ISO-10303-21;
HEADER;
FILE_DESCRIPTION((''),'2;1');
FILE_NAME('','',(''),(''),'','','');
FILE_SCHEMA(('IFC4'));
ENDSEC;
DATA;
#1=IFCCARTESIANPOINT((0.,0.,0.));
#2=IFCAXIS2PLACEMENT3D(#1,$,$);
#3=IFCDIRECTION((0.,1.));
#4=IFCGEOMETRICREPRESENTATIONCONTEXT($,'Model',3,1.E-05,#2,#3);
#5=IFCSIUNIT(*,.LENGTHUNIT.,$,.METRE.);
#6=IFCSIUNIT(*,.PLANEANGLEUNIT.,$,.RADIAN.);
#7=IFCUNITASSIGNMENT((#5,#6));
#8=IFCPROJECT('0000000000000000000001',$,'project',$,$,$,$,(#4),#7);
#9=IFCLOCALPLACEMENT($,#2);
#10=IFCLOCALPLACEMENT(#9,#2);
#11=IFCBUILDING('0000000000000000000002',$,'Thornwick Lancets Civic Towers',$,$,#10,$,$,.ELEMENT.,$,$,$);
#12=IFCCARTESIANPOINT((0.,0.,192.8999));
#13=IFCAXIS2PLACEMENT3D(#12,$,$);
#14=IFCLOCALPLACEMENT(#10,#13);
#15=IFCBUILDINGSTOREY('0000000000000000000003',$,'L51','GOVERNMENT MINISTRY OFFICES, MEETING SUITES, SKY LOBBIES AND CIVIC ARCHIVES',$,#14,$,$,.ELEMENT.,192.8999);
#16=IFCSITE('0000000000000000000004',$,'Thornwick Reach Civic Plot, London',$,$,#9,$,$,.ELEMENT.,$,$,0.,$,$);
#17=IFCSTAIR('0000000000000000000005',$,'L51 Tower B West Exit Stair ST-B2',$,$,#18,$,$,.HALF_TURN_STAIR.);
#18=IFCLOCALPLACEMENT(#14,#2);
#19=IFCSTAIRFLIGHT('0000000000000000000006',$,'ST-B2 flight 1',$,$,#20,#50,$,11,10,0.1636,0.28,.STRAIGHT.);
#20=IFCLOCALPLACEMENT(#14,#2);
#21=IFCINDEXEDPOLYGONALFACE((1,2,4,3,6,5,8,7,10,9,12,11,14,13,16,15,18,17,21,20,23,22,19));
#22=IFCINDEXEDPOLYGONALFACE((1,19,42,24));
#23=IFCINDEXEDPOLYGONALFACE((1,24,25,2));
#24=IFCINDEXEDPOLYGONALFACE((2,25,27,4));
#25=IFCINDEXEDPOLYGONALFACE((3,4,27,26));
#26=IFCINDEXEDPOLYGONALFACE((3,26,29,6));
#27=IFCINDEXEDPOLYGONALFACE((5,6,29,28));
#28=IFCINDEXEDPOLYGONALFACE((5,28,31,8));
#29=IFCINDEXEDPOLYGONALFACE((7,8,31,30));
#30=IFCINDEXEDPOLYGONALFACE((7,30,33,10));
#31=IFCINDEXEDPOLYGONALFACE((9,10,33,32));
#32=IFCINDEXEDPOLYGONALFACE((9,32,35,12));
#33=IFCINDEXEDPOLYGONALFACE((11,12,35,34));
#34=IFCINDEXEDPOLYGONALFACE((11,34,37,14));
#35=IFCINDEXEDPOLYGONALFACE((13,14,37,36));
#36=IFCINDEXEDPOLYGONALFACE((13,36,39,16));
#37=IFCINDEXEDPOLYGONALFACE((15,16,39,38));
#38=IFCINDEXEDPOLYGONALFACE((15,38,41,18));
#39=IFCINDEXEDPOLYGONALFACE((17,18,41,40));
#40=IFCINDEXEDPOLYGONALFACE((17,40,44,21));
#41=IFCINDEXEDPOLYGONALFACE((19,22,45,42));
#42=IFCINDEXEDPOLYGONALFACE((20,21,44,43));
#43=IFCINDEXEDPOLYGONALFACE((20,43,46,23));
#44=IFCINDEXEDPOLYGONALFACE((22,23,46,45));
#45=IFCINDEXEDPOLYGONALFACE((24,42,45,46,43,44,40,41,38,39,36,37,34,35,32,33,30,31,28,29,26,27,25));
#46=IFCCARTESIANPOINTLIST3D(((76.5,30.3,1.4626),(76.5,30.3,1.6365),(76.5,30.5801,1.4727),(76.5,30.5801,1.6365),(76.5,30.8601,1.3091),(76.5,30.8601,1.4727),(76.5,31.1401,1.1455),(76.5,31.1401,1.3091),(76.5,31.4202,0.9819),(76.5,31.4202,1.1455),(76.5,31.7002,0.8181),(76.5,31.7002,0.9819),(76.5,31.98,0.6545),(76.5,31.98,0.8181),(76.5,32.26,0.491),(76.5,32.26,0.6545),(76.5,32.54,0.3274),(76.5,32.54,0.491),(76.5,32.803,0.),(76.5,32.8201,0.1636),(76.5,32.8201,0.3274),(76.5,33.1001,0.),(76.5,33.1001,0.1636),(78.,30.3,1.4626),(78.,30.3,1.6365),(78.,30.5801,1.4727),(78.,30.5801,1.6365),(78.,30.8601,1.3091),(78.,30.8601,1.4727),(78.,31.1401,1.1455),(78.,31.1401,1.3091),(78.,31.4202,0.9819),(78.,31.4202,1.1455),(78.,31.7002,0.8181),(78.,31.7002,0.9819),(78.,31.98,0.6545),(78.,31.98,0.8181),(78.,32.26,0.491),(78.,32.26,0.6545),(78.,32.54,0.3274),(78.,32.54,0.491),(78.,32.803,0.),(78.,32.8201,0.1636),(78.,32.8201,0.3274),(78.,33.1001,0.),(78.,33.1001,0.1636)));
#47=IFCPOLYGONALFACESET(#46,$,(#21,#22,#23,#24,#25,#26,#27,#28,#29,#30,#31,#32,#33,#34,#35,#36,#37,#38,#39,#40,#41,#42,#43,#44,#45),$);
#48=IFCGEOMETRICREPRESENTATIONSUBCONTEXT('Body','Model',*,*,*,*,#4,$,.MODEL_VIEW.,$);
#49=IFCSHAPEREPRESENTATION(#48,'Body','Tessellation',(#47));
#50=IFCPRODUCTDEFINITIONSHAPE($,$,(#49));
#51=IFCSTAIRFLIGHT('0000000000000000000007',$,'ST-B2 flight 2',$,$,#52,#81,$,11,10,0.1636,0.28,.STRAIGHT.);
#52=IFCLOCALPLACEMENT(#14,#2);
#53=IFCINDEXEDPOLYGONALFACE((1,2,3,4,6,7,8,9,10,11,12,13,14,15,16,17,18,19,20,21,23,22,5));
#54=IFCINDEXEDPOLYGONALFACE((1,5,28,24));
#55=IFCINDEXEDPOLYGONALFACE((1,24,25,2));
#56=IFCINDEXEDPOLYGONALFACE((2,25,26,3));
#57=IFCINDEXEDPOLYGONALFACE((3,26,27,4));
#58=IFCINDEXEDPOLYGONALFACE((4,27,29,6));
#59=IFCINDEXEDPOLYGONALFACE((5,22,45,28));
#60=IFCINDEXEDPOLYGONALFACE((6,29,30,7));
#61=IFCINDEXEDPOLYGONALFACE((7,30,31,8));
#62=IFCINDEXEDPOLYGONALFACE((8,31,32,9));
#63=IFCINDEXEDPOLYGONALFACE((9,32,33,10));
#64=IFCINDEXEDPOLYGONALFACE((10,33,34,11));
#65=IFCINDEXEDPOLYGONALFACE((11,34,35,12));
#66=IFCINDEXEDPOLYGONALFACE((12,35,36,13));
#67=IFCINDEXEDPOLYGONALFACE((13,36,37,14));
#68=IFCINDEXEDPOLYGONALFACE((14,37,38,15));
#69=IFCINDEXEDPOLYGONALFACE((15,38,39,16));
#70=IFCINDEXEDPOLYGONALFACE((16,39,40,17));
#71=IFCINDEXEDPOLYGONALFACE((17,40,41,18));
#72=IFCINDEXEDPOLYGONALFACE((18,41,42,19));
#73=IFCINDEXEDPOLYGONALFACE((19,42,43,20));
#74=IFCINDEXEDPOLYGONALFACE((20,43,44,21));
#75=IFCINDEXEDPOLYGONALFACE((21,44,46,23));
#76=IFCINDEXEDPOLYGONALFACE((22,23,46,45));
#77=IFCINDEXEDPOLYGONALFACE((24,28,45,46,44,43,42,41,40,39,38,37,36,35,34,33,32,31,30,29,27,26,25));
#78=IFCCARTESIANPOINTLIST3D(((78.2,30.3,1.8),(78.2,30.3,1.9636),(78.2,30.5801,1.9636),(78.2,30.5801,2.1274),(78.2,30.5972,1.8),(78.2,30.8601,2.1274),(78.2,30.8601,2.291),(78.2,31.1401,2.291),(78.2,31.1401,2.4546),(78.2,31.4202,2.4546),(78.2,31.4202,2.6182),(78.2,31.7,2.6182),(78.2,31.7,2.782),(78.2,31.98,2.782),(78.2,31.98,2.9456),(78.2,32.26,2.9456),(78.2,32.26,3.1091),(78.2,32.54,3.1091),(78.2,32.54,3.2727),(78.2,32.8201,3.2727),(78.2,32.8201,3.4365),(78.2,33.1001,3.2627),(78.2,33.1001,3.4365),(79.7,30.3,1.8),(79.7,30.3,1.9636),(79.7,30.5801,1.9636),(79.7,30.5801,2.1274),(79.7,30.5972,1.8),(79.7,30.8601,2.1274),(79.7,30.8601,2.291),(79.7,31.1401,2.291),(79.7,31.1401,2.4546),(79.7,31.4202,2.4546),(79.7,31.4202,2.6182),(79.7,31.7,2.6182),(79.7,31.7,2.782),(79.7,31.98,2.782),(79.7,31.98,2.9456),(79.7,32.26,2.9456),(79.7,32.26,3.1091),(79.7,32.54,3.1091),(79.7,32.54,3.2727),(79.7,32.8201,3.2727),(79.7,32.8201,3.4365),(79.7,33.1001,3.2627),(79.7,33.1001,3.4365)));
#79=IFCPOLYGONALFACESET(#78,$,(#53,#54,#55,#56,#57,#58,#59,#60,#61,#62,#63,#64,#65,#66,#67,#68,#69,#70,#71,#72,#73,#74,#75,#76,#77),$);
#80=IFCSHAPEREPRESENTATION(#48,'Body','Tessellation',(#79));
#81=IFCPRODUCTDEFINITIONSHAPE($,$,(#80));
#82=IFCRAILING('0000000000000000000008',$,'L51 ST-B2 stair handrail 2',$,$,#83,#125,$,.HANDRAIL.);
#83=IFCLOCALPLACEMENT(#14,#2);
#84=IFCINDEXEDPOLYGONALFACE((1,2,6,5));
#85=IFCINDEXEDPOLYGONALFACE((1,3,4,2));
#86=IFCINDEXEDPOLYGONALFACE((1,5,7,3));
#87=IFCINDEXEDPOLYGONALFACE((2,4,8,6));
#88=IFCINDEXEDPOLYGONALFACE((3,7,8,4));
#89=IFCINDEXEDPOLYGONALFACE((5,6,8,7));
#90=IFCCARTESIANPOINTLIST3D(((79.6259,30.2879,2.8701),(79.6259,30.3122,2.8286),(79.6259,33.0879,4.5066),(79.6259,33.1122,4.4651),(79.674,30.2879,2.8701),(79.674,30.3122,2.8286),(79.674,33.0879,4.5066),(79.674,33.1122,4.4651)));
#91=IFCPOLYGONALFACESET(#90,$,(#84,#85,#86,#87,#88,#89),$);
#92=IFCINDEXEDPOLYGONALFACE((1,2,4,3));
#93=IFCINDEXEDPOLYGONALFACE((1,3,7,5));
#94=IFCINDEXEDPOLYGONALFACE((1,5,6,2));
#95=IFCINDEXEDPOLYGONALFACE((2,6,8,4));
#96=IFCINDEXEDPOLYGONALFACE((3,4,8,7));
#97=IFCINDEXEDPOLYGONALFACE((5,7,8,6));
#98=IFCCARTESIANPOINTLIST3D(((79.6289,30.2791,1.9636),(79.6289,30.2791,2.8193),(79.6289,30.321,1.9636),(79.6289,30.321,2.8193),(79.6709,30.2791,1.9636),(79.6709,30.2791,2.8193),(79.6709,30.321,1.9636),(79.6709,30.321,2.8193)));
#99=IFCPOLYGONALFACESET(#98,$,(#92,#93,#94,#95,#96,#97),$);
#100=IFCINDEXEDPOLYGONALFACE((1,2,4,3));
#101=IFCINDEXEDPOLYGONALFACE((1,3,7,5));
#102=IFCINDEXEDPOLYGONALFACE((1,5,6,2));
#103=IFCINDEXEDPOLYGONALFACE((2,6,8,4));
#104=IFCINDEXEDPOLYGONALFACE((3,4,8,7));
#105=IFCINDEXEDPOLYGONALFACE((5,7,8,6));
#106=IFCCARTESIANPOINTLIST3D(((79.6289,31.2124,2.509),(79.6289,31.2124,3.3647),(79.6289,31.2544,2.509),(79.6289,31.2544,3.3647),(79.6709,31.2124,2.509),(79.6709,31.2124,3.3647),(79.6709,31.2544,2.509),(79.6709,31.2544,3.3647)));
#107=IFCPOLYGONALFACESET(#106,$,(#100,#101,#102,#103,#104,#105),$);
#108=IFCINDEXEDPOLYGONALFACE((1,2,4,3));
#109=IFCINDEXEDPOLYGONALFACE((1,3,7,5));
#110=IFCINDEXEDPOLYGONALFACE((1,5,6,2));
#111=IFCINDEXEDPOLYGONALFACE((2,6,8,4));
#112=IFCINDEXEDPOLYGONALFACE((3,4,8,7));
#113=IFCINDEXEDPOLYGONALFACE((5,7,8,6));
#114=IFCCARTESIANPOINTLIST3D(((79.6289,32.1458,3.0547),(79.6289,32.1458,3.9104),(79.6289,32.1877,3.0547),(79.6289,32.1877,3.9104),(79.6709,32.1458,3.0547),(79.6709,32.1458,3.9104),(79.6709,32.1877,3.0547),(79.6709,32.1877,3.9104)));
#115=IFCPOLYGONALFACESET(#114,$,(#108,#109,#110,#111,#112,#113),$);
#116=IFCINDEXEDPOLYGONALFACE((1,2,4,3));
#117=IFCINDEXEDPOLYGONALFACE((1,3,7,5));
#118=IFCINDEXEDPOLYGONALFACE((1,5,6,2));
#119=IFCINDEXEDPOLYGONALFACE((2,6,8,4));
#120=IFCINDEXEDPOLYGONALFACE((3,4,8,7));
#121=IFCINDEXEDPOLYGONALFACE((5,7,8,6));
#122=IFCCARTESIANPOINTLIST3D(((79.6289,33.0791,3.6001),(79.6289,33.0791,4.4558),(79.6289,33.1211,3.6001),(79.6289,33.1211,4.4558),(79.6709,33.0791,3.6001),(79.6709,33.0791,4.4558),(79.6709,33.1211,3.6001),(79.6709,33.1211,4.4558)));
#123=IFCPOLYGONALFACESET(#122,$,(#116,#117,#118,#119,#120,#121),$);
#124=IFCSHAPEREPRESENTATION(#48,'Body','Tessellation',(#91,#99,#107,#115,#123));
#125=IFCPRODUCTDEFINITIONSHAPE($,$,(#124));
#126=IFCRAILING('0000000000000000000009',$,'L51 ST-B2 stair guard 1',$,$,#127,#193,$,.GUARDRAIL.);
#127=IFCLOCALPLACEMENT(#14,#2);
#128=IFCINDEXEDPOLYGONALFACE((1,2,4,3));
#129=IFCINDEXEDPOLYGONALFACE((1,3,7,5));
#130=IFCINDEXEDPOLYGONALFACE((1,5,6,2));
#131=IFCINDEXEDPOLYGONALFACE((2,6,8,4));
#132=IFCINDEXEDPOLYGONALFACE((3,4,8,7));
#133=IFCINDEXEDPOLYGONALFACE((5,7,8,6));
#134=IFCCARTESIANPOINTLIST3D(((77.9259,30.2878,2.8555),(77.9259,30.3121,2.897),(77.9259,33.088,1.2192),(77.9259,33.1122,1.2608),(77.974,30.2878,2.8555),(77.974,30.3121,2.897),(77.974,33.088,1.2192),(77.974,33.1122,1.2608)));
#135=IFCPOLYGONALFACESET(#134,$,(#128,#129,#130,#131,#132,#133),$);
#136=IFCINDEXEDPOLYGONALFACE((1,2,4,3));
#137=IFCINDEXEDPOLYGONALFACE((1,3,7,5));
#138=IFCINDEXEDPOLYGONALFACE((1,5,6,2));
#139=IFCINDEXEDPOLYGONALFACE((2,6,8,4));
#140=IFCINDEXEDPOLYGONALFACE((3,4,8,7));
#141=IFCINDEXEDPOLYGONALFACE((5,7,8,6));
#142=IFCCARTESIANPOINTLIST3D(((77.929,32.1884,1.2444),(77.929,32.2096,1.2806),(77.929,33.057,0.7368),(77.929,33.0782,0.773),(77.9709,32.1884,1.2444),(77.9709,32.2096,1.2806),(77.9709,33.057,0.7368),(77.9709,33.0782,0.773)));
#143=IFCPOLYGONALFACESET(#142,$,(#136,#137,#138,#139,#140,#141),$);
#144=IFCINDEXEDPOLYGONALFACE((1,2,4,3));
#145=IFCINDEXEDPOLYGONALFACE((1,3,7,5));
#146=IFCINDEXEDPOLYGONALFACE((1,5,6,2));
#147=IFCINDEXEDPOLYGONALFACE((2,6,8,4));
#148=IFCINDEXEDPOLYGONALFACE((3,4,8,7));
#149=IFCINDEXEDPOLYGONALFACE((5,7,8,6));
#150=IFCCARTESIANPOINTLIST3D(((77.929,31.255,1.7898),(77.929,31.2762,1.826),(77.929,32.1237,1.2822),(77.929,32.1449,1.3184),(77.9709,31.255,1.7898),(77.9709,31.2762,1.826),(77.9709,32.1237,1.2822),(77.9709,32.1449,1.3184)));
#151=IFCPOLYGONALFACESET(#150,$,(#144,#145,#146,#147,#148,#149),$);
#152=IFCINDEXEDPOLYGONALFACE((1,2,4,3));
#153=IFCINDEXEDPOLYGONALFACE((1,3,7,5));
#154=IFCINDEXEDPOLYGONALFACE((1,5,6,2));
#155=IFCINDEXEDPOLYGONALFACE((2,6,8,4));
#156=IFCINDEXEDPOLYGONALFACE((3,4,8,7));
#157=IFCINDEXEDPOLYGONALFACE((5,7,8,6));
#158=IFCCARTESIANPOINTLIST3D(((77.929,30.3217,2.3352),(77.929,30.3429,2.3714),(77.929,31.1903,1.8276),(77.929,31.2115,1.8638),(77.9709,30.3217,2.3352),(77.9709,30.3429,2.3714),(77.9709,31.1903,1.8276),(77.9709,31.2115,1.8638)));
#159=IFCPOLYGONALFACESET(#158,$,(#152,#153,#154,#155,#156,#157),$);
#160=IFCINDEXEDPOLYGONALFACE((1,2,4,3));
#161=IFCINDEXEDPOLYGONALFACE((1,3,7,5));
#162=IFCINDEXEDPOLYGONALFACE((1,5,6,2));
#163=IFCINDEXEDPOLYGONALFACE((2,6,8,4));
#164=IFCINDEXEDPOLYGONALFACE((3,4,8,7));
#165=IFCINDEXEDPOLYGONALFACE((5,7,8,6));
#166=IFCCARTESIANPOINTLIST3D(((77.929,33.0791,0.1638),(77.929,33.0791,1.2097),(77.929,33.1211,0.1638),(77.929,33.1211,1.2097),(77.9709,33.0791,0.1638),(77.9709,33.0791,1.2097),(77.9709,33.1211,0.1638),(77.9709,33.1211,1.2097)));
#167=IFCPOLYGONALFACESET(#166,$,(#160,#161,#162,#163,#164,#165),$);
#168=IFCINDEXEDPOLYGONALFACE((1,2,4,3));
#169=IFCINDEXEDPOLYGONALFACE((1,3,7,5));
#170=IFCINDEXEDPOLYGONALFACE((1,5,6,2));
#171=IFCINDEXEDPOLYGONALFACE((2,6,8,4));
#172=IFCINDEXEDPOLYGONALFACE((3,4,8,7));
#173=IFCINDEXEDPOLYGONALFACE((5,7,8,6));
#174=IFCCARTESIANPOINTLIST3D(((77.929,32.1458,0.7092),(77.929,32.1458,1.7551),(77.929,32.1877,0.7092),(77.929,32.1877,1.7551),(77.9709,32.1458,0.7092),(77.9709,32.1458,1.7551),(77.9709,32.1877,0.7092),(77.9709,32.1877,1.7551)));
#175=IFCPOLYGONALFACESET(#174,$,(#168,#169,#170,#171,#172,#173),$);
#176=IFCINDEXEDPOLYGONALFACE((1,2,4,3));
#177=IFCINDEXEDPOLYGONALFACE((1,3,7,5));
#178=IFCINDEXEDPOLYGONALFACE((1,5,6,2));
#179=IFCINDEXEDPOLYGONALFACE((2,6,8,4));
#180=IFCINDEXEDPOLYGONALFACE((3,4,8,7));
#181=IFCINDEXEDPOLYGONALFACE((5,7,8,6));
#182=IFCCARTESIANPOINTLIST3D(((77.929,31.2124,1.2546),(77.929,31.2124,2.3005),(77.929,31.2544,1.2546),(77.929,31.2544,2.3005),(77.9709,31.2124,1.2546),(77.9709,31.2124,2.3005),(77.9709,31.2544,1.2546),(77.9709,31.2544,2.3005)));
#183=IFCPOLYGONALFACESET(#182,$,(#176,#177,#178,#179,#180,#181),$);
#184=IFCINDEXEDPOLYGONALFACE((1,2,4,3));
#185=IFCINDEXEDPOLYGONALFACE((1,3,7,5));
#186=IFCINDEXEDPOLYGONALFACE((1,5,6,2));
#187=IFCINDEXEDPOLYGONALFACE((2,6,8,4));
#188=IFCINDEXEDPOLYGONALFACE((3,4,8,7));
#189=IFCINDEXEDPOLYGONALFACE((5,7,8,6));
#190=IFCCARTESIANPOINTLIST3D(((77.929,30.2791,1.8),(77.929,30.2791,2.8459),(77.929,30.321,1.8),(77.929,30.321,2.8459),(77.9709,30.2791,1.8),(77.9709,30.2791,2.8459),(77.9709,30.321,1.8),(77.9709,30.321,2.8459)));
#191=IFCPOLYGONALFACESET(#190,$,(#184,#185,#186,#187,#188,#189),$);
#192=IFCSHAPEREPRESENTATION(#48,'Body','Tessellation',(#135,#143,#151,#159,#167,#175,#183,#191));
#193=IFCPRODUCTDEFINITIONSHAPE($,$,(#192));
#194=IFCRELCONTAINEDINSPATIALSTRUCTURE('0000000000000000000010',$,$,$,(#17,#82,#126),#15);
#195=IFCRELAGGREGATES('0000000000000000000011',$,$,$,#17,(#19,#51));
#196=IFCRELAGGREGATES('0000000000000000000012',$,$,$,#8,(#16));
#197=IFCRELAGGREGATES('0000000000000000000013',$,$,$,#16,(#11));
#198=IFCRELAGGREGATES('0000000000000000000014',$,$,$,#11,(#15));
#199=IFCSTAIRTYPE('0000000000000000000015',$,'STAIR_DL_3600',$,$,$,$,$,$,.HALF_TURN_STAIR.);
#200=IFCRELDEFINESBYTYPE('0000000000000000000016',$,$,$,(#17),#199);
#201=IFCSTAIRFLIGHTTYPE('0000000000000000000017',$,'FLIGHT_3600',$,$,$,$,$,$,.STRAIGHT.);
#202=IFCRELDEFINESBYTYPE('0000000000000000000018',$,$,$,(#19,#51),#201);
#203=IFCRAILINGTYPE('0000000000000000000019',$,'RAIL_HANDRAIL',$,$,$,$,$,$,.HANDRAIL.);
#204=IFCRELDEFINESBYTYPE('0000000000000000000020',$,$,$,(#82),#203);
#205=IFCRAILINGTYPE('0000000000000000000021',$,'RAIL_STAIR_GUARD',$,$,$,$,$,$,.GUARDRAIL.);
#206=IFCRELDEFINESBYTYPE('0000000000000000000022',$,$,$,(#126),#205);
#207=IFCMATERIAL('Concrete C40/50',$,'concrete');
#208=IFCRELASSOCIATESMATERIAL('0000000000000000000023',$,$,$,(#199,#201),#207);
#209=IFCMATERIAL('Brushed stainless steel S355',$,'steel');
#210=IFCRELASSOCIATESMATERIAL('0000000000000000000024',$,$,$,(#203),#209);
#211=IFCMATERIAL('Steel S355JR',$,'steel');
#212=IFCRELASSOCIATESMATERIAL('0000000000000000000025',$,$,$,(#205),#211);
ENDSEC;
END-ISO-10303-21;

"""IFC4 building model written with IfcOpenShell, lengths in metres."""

from ifc_helpers import new_model, si_unit, direction, frame, origin, origin_2d, place, context, subcontext, project, spatial, polyline, rectangle, outline, extrude, material, type_object, element, aggregate, save


model = new_model("IFC4")

# Units and contexts
model_context = context("Model", 3, precision=1e-05, world=origin(), true_north=direction((0.0, 1.0)))
body_context = subcontext(model_context, "Body", "Model", "MODEL_VIEW")
ifc_project = project(units=[si_unit("LENGTHUNIT", "METRE"), si_unit("PLANEANGLEUNIT", "RADIAN")], contexts=[model_context])

# Site, building, storey
site_placement = place(None, origin())
site = spatial("IfcSite", under=ifc_project, at=site_placement, Name="Thornwick Reach Civic Plot, London", CompositionType="ELEMENT", RefElevation=0.0)
building_placement = place(site_placement, origin())
building = spatial("IfcBuilding", under=site, at=building_placement, Name="Thornwick Lancets Civic Towers", CompositionType="ELEMENT")
storey_placement = place(building_placement, frame((0.0, 0.0, 192.8999)))
storey = spatial("IfcBuildingStorey", under=building, at=storey_placement, Name="L51", Description="GOVERNMENT MINISTRY OFFICES, MEETING SUITES, SKY LOBBIES AND CIVIC ARCHIVES", CompositionType="ELEMENT", Elevation=192.8999)

# Shared definitions
ifc_material_1 = material(Name="Concrete C40/50", Category="concrete")

# Stair, stair flights
stair_type = type_object("IfcStairType", Name="STAIR_DL_3600", PredefinedType="HALF_TURN_STAIR", material=ifc_material_1)
stair_placement = place(storey_placement, origin())
stair = element("IfcStair", 1, at=stair_placement, inside=storey, type_object=stair_type, Name="L51 Tower B West Exit Stair ST-B2", PredefinedType="HALF_TURN_STAIR")
stair_flight_type = type_object("IfcStairFlightType", Name="FLIGHT_3600", PredefinedType="STRAIGHT", material=ifc_material_1)
stair_flight_1_placement = place(storey_placement, frame((77.25, 33.1001, 0.0), z_axis=(0.0, 0.0, 1.0), x_axis=(0.0, -1.0, 0.0)))
stair_flight_1 = element("IfcStairFlight", 2, at=stair_flight_1_placement, type_object=stair_flight_type, Name="ST-B2 flight 1", NumberOfRisers=11, NumberOfTreads=10, PredefinedType="STRAIGHT", RiserHeight=0.1636, TreadLength=0.28, context=body_context, shape_type="SweptSolid", body=[
    extrude(outline(polyline([(0.0, 0.0), (0.0, 0.1636), (0.28, 0.1636), (0.28, 0.3274), (0.5601, 0.3274), (0.5601, 0.491), (0.8401, 0.491), (0.8401, 0.6545), (1.1201, 0.6545), (1.1201, 0.8181), (1.3999, 0.8181), (1.3999, 0.9819), (1.6799, 0.9819), (1.6799, 1.1455), (1.96, 1.1455), (1.96, 1.3091), (2.24, 1.3091), (2.24, 1.4727), (2.52, 1.4727), (2.52, 1.6365), (2.8, 1.6365), (2.8, 1.8), (2.8, 1.4626), (0.2971, 0.0), (0.0, 0.0)])), frame((0.0, 0.75, 0.0), z_axis=(0.0, -1.0, 0.0), x_axis=(1.0, 0.0, 0.0)), (0.0, 0.0, 1.0), 1.5),
])
stair_flight_2_placement = place(storey_placement, frame((78.95, 30.3, 1.8), z_axis=(0.0, 0.0, 1.0), x_axis=(0.0, 1.0, 0.0)))
stair_flight_2 = element("IfcStairFlight", 3, at=stair_flight_2_placement, type_object=stair_flight_type, Name="ST-B2 flight 2", NumberOfRisers=11, NumberOfTreads=10, PredefinedType="STRAIGHT", RiserHeight=0.1636, TreadLength=0.28, context=body_context, shape_type="SweptSolid", body=[
    extrude(outline(polyline([(0.0, 0.0), (0.0, 0.1636), (0.28, 0.1636), (0.28, 0.3274), (0.5601, 0.3274), (0.5601, 0.491), (0.8401, 0.491), (0.8401, 0.6545), (1.1201, 0.6545), (1.1201, 0.8181), (1.3999, 0.8181), (1.3999, 0.9819), (1.6799, 0.9819), (1.6799, 1.1455), (1.96, 1.1455), (1.96, 1.3091), (2.24, 1.3091), (2.24, 1.4727), (2.52, 1.4727), (2.52, 1.6365), (2.8, 1.6365), (2.8, 1.8), (2.8, 1.4626), (0.2971, 0.0), (0.0, 0.0)])), frame((0.0, 0.75, 0.0), z_axis=(0.0, -1.0, 0.0), x_axis=(1.0, 0.0, 0.0)), (0.0, 0.0, 1.0), 1.5),
])
aggregate(stair, [stair_flight_1, stair_flight_2])

# Railings
ifc_material_2 = material(Name="Brushed stainless steel S355", Category="steel")
railing_type_1 = type_object("IfcRailingType", Name="RAIL_HANDRAIL", PredefinedType="HANDRAIL", material=ifc_material_2)
railing_1_placement = place(storey_placement, frame((79.6499, 30.3, 1.9636)))
element("IfcRailing", 4, at=railing_1_placement, inside=storey, type_object=railing_type_1, Name="L51 ST-B2 stair handrail 2", PredefinedType="HANDRAIL", context=body_context, shape_type="SweptSolid", body=[
    extrude(rectangle(XDim=0.0481, YDim=0.0481, at=origin_2d()), frame((0.0, 0.0, 0.8857), z_axis=(0.0, 0.863361, 0.504587), x_axis=(-1.0, 0.0, 0.0)), (0.0, 0.0, 1.0), 3.2432),
    extrude(rectangle(XDim=0.042, YDim=0.042, at=origin_2d()), origin(), (0.0, 0.0, 1.0), 0.8557),
    extrude(rectangle(XDim=0.042, YDim=0.042, at=origin_2d()), frame((0.0, 0.9333, 0.5454)), (0.0, 0.0, 1.0), 0.8557),
    extrude(rectangle(XDim=0.042, YDim=0.042, at=origin_2d()), frame((0.0, 1.8667, 1.0911)), (0.0, 0.0, 1.0), 0.8557),
    extrude(rectangle(XDim=0.042, YDim=0.042, at=origin_2d()), frame((0.0, 2.8, 1.6365)), (0.0, 0.0, 1.0), 0.8557),
])
ifc_material_3 = material(Name="Steel S355JR", Category="steel")
railing_type_2 = type_object("IfcRailingType", Name="RAIL_STAIR_GUARD", PredefinedType="GUARDRAIL", material=ifc_material_3)
railing_2_placement = place(storey_placement, frame((77.95, 33.1001, 0.1638)))
element("IfcRailing", 5, at=railing_2_placement, inside=storey, type_object=railing_type_2, Name="L51 ST-B2 stair guard 1", PredefinedType="GUARDRAIL", context=body_context, shape_type="SweptSolid", body=[
    extrude(rectangle(XDim=0.0481, YDim=0.0481, at=origin_2d()), frame((0.0, 0.0, 1.0762), z_axis=(0.0, -0.863394, 0.504531), x_axis=(1.0, 0.0, 0.0)), (0.0, 0.0, 1.0), 3.2432),
    extrude(rectangle(XDim=0.042, YDim=0.042, at=origin_2d()), frame((0.0, -0.0325, 0.5911), z_axis=(0.0, -0.863394, 0.504531), x_axis=(1.0, 0.0, 0.0)), (0.0, 0.0, 1.0), 1.0061),
    extrude(rectangle(XDim=0.042, YDim=0.042, at=origin_2d()), frame((0.0, -0.9658, 1.1365), z_axis=(0.0, -0.863394, 0.504531), x_axis=(1.0, 0.0, 0.0)), (0.0, 0.0, 1.0), 1.0061),
    extrude(rectangle(XDim=0.042, YDim=0.042, at=origin_2d()), frame((0.0, -1.8992, 1.6819), z_axis=(0.0, -0.863394, 0.504531), x_axis=(1.0, 0.0, 0.0)), (0.0, 0.0, 1.0), 1.0061),
    extrude(rectangle(XDim=0.042, YDim=0.042, at=origin_2d()), origin(), (0.0, 0.0, 1.0), 1.0459),
    extrude(rectangle(XDim=0.042, YDim=0.042, at=origin_2d()), frame((0.0, -0.9333, 0.5454)), (0.0, 0.0, 1.0), 1.0459),
    extrude(rectangle(XDim=0.042, YDim=0.042, at=origin_2d()), frame((0.0, -1.8667, 1.0908)), (0.0, 0.0, 1.0), 1.0459),
    extrude(rectangle(XDim=0.042, YDim=0.042, at=origin_2d()), frame((0.0, -2.8, 1.6362)), (0.0, 0.0, 1.0), 1.0459),
])

save(model, "model.ifc")
